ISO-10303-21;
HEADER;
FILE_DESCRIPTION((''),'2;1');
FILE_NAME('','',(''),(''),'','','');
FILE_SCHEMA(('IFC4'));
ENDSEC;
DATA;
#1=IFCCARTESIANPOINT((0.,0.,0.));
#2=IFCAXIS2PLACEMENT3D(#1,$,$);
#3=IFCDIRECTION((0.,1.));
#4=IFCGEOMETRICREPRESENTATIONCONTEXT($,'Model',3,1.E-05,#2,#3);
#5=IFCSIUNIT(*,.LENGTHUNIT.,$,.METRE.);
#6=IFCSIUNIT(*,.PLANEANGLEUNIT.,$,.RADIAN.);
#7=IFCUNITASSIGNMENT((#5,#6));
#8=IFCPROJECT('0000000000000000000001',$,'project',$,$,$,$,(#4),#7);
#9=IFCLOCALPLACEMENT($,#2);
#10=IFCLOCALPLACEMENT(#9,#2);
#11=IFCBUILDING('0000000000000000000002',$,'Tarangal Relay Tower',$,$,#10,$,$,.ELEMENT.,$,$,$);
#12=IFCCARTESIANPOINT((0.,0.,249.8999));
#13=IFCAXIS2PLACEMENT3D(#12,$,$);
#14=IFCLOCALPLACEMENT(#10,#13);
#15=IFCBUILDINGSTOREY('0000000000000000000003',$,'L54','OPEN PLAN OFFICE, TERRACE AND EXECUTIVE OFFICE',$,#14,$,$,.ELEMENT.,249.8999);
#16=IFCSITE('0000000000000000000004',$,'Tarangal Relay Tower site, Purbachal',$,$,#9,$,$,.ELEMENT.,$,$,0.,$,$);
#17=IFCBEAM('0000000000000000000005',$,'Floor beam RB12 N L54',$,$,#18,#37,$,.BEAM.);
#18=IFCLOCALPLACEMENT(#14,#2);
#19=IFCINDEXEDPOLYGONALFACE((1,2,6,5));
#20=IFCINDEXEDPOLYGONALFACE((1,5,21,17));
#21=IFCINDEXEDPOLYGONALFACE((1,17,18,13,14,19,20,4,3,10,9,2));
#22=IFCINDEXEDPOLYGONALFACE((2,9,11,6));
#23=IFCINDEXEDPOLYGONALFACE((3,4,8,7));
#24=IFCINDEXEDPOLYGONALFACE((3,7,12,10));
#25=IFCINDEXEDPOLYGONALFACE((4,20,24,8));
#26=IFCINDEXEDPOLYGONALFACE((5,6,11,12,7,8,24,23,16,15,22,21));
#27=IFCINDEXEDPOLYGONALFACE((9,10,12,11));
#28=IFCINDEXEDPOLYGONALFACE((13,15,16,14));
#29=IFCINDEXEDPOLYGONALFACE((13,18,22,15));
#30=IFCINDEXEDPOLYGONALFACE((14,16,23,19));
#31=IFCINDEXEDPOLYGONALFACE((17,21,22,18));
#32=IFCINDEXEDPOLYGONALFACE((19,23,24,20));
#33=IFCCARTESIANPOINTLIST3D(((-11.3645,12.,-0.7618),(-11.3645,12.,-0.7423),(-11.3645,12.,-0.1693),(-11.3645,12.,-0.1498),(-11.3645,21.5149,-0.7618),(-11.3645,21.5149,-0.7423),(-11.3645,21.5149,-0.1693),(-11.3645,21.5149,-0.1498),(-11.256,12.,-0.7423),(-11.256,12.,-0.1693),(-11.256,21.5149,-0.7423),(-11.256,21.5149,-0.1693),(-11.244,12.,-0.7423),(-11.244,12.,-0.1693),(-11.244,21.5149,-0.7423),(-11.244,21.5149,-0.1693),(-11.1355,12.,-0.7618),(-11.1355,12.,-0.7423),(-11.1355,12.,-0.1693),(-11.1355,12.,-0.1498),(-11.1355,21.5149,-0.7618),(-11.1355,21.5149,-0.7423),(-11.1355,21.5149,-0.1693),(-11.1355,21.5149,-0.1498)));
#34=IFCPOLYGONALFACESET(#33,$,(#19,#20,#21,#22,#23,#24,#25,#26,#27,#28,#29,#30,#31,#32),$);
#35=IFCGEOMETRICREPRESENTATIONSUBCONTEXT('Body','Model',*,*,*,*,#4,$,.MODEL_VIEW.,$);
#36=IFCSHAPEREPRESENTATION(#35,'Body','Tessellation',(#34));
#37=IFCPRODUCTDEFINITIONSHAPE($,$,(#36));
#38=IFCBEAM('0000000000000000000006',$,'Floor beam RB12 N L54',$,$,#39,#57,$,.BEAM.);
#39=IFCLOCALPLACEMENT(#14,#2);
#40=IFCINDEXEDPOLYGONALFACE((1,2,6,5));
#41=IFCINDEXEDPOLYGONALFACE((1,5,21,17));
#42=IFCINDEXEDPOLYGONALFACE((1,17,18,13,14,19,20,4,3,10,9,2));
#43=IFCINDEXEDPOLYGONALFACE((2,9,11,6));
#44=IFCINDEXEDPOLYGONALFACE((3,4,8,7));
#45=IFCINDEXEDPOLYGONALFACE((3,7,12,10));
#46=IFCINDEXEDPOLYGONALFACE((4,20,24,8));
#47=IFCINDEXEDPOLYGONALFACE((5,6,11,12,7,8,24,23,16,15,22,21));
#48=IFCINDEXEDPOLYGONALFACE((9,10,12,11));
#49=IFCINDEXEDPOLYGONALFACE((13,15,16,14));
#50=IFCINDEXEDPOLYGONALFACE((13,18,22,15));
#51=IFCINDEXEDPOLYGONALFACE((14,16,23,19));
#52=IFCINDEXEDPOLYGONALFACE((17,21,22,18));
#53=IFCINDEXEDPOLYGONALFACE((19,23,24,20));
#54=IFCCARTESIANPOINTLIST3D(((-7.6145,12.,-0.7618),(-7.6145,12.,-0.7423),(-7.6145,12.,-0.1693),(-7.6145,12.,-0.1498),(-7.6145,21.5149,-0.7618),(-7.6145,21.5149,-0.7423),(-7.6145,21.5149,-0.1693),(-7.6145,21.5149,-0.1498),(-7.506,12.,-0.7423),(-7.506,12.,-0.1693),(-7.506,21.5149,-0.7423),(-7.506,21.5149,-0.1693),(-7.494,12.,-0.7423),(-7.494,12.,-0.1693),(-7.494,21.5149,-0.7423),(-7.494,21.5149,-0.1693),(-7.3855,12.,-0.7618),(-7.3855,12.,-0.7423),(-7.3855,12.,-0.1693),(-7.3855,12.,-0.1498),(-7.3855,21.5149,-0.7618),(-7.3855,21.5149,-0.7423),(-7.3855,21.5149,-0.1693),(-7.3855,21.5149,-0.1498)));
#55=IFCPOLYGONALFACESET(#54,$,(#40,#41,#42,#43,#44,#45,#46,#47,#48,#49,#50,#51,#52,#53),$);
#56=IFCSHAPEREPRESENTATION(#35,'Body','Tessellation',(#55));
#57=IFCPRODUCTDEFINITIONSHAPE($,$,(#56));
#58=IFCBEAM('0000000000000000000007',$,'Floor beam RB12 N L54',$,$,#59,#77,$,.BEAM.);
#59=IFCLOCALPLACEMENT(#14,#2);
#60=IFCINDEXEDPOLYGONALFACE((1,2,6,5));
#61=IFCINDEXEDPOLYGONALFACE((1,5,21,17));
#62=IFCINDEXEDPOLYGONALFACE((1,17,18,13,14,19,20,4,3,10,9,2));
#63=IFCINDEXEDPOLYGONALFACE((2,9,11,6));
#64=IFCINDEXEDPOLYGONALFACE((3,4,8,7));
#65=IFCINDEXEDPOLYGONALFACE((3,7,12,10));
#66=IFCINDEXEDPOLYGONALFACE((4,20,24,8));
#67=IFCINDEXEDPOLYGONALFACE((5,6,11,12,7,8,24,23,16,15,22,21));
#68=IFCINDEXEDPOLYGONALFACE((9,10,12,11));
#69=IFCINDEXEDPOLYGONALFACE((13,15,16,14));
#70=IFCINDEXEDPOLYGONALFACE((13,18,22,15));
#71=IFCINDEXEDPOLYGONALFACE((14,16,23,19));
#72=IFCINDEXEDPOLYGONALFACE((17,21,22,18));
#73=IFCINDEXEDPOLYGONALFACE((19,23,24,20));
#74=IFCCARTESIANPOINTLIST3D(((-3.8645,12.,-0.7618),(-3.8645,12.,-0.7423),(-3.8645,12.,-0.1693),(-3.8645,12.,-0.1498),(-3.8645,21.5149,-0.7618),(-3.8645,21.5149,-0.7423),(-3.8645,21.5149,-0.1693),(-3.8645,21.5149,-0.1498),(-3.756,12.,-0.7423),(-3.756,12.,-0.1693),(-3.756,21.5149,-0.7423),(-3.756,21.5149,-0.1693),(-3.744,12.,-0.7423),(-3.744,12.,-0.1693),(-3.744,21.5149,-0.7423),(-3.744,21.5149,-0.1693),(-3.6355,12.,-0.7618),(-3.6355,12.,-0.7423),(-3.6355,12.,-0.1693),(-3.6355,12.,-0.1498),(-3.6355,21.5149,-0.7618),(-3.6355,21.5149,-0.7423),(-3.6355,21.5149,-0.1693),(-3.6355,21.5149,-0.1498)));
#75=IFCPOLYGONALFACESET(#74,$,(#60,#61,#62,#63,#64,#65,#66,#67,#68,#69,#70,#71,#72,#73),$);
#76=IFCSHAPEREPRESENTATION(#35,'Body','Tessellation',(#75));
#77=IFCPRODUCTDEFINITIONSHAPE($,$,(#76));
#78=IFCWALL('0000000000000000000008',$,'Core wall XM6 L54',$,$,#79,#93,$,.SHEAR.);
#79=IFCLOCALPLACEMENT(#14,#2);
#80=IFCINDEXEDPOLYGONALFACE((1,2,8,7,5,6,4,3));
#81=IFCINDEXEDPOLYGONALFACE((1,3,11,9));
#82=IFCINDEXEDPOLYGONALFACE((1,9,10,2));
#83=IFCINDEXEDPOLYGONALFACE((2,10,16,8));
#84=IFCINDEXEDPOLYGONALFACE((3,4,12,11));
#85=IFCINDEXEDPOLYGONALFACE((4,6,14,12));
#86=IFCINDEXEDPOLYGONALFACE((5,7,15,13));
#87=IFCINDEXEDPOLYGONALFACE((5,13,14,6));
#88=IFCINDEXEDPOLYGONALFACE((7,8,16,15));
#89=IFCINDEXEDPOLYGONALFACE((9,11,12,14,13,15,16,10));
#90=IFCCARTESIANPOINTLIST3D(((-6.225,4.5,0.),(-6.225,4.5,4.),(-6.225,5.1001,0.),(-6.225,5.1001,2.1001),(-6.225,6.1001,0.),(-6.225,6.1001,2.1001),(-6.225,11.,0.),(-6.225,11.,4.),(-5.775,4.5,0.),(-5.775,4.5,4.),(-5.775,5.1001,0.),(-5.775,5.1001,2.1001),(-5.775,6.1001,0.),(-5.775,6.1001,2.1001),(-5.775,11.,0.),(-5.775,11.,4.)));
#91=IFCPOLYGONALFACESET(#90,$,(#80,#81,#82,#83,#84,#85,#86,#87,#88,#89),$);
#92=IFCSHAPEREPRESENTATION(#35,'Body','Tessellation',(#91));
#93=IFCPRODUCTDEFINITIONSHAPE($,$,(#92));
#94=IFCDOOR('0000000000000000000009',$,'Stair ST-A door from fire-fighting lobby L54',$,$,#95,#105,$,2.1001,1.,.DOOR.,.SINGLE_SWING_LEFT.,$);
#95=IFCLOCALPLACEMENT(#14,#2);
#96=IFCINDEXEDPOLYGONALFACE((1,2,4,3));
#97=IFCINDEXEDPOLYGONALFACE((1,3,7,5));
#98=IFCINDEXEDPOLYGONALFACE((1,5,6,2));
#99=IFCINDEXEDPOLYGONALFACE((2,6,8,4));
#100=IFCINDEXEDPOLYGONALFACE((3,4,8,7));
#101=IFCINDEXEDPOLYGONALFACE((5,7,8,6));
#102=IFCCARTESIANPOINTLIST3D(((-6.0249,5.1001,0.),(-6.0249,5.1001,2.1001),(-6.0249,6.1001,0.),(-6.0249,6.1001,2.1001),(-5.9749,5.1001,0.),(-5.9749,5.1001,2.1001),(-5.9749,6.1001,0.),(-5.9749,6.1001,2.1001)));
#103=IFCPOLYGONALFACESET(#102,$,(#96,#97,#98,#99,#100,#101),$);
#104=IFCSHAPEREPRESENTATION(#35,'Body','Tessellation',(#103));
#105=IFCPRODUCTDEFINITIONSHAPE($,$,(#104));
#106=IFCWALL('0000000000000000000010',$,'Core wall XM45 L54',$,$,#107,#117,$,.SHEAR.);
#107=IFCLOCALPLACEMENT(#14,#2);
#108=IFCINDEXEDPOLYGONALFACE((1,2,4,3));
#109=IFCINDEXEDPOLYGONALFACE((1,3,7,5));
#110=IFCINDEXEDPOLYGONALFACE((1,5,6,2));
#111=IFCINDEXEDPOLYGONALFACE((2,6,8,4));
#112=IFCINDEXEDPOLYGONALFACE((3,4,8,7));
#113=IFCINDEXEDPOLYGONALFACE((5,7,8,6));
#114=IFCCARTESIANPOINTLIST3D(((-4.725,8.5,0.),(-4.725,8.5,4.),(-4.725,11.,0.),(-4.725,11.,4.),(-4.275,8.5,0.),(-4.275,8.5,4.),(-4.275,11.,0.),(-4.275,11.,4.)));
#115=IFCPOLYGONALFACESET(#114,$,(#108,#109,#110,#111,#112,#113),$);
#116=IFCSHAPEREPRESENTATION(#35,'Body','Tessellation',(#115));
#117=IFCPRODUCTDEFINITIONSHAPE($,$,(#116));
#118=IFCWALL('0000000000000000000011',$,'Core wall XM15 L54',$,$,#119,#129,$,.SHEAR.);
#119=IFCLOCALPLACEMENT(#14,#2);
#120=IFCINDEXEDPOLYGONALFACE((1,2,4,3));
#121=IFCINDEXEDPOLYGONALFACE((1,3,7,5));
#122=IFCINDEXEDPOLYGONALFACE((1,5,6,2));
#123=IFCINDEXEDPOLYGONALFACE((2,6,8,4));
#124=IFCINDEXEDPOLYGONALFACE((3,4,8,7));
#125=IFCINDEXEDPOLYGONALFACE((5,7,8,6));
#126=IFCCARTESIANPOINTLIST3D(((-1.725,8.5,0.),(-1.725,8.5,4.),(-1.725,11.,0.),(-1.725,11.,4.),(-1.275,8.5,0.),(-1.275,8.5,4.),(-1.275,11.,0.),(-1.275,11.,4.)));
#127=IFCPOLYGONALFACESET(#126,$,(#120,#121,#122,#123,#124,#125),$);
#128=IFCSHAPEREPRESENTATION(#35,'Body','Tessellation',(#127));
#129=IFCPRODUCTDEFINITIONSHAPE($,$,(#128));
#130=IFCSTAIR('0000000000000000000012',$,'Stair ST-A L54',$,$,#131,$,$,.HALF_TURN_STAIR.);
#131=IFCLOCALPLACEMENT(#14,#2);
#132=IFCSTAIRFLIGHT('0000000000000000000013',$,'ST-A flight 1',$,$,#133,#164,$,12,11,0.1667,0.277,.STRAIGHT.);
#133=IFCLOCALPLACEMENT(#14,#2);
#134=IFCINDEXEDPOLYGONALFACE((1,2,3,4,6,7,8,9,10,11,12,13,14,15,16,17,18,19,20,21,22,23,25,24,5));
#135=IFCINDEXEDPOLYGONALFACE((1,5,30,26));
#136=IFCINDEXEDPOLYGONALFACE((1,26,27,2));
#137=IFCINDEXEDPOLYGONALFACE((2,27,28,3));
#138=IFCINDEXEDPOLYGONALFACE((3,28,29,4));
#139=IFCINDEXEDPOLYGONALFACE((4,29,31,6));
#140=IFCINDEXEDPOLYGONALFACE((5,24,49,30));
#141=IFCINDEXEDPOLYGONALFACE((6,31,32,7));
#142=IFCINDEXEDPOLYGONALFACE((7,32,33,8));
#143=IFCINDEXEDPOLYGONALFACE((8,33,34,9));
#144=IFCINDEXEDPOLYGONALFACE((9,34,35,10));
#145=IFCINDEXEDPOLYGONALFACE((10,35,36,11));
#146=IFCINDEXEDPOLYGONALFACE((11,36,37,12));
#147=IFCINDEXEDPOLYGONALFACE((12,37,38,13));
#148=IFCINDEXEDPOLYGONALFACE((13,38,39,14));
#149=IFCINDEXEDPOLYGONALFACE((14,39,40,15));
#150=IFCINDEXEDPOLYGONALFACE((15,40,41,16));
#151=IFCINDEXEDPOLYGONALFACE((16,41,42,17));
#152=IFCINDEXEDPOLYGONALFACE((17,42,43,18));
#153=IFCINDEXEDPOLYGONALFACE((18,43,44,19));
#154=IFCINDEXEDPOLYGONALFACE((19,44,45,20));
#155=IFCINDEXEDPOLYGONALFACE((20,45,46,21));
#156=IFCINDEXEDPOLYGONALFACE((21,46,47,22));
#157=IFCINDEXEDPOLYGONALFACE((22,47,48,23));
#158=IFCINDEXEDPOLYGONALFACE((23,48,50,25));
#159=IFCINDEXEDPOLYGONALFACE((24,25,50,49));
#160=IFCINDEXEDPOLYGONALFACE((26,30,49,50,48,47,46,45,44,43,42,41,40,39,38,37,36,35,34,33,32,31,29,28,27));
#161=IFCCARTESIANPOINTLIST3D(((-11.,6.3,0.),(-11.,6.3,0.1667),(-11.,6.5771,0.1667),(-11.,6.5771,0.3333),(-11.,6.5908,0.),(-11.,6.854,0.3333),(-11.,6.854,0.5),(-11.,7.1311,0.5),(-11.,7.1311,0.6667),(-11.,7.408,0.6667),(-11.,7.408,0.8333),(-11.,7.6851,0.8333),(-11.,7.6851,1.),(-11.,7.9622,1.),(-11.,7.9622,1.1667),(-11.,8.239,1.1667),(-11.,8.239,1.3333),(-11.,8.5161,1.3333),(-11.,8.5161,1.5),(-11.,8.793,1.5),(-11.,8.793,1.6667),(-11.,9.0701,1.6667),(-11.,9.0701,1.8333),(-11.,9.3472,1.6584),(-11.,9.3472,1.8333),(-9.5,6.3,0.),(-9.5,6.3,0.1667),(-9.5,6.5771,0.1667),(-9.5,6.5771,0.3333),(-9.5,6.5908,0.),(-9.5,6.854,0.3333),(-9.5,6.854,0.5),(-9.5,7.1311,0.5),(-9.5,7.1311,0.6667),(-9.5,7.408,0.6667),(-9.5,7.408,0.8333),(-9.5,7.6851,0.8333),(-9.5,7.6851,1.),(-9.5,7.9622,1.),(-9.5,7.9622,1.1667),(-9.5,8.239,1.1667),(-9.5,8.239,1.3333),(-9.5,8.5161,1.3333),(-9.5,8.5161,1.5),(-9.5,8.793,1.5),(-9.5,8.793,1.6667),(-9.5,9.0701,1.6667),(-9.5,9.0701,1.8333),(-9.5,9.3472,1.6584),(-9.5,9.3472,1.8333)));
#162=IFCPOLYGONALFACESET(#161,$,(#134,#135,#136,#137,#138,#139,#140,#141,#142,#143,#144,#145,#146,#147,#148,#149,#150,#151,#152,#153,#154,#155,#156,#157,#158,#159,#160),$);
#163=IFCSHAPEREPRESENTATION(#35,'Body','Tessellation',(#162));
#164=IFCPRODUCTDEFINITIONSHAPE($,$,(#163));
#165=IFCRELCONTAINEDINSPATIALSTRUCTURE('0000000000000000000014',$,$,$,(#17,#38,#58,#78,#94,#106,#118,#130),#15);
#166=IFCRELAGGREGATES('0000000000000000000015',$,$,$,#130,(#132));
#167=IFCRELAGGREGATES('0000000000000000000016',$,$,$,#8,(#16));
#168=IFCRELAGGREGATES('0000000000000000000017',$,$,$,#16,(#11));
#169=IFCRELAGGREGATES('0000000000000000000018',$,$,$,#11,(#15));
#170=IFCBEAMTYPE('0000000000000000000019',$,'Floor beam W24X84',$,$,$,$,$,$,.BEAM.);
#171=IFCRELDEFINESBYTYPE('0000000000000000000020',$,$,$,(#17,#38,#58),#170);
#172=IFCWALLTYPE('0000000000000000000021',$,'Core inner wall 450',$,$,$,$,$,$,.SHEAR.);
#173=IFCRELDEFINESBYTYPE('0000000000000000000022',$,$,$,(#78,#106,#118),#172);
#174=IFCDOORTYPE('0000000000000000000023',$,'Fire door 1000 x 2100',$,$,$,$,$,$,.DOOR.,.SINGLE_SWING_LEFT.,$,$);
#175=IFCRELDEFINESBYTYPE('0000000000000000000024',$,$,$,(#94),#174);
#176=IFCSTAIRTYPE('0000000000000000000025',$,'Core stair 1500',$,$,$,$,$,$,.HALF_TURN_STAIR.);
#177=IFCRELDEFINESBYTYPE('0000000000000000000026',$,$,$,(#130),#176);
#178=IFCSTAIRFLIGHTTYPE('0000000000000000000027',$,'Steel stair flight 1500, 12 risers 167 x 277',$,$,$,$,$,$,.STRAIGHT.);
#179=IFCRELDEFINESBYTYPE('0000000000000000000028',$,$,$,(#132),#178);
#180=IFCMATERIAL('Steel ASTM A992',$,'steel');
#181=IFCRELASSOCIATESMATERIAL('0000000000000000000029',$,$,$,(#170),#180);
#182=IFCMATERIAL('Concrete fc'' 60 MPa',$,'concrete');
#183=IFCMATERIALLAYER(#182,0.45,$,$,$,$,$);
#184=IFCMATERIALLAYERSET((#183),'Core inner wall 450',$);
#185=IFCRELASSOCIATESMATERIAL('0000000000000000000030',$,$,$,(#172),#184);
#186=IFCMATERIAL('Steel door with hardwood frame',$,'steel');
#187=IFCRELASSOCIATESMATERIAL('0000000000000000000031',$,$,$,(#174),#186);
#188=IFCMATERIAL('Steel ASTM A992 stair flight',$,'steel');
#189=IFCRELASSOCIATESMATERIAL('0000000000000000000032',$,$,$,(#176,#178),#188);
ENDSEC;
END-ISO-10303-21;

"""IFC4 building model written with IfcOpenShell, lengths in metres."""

from ifc_helpers import new_model, si_unit, direction, frame, frame_2d, origin, origin_2d, place, context, subcontext, project, spatial, polyline, rectangle, i_section, outline, extrude, material, layer, layer_set, material_profile, profile_set, type_object, element, fill, aggregate, save


model = new_model("IFC4")

# Units and contexts
model_context = context("Model", 3, precision=1e-05, world=origin(), true_north=direction((0.0, 1.0)))
body_context = subcontext(model_context, "Body", "Model", "MODEL_VIEW")
ifc_project = project(units=[si_unit("LENGTHUNIT", "METRE"), si_unit("PLANEANGLEUNIT", "RADIAN")], contexts=[model_context])

# Site, building, storey
site_placement = place(None, origin())
site = spatial("IfcSite", under=ifc_project, at=site_placement, Name="Tarangal Relay Tower site, Purbachal", CompositionType="ELEMENT", RefElevation=0.0)
building_placement = place(site_placement, origin())
building = spatial("IfcBuilding", under=site, at=building_placement, Name="Tarangal Relay Tower", CompositionType="ELEMENT")
storey_placement = place(building_placement, frame((0.0, 0.0, 249.8999)))
storey = spatial("IfcBuildingStorey", under=building, at=storey_placement, Name="L54", Description="OPEN PLAN OFFICE, TERRACE AND EXECUTIVE OFFICE", CompositionType="ELEMENT", Elevation=249.8999)

# Beams
ifc_material_1 = material(Name="Steel ASTM A992", Category="steel")
ifc_material_profile = material_profile(ifc_material_1, i_section(OverallWidth=0.229, OverallDepth=0.6121, WebThickness=0.012, FlangeThickness=0.0195, at=origin_2d()), Name="W24X84")
ifc_profile_set = profile_set([ifc_material_profile], Name="Steel ASTM A992")
beam_type = type_object("IfcBeamType", Name="Floor beam W24X84", PredefinedType="BEAM", material=ifc_profile_set)
for number, where, z_axis, x_axis, name in (
    (1, (-11.25, 12.0, -0.4558), (0.0, 1.0, 0.0), (-1.0, 0.0, 0.0), "Floor beam RB12 N L54"),
    (2, (-7.5, 12.0, -0.4558), (0.0, 1.0, 0.0), (-1.0, 0.0, 0.0), "Floor beam RB12 N L54"),
    (3, (-3.75, 12.0, -0.4558), (0.0, 1.0, 0.0), (-1.0, 0.0, 0.0), "Floor beam RB12 N L54"),
):
    element("IfcBeam", number, at=place(storey_placement, frame(where, z_axis=z_axis, x_axis=x_axis)), inside=storey, type_object=beam_type, Name=name, PredefinedType="BEAM", context=body_context, shape_type="SweptSolid", body=[
        extrude(i_section(OverallWidth=0.229, OverallDepth=0.6121, WebThickness=0.012, FlangeThickness=0.0195, at=origin_2d()), origin(), (0.0, 0.0, 1.0), 9.5149),
    ])

# Shared definitions
ifc_material_2 = material(Name="Concrete fc' 60 MPa", Category="concrete")
ifc_layer = layer(ifc_material_2, 0.45)
ifc_layer_set = layer_set([ifc_layer], Name="Core inner wall 450")
wall_type = type_object("IfcWallType", Name="Core inner wall 450", PredefinedType="SHEAR", material=ifc_layer_set)
ifc_material_3 = material(Name="Steel door with hardwood frame", Category="steel")

# Wall, opening, door
wall_1_placement = place(storey_placement, frame((-6.0, 4.5, 0.0), z_axis=(0.0, 0.0, 1.0), x_axis=(0.0, 1.0, 0.0)))
wall_1 = element("IfcWall", 4, at=wall_1_placement, inside=storey, type_object=wall_type, Name="Core wall XM6 L54", PredefinedType="SHEAR", context=body_context, shape_type="SweptSolid", body=[
    extrude(rectangle(XDim=6.5, YDim=0.45, at=frame_2d((3.25, 0.0))), origin(), (0.0, 0.0, 1.0), 4.0),
])
opening_1_placement = place(wall_1_placement, frame((0.6001, 0.0, 0.0)))
opening_1 = element("IfcOpeningElement", 5, at=opening_1_placement, cuts=wall_1, PredefinedType="OPENING", context=body_context, shape_type="SweptSolid", body=[
    extrude(rectangle(XDim=1.0, YDim=2.1001, at=frame_2d((0.5, 1.05))), frame((0.0, 0.2349, 0.0), z_axis=(0.0, -1.0, 0.0), x_axis=(1.0, 0.0, 0.0)), (0.0, 0.0, 1.0), 0.47),
])
door_type_1 = type_object("IfcDoorType", Name="Fire door 1000 x 2100", OperationType="SINGLE_SWING_LEFT", PredefinedType="DOOR", material=ifc_material_3)
door_1_placement = place(opening_1_placement, origin())
door_1 = element("IfcDoor", 6, at=door_1_placement, inside=storey, type_object=door_type_1, Name="Stair ST-A door from fire-fighting lobby L54", OperationType="SINGLE_SWING_LEFT", OverallHeight=2.1001, OverallWidth=1.0, PredefinedType="DOOR", context=body_context, shape_type="SweptSolid", body=[
    extrude(rectangle(XDim=1.0, YDim=2.1001, at=frame_2d((0.5, 1.05))), frame((0.0, 0.0249, 0.0), z_axis=(0.0, -1.0, 0.0), x_axis=(1.0, 0.0, 0.0)), (0.0, 0.0, 1.0), 0.05),
])
fill(opening_1, door_1)

# Walls
for number, where, z_axis, x_axis, name in (
    (7, (-4.5, 8.5, 0.0), (0.0, 0.0, 1.0), (0.0, 1.0, 0.0), "Core wall XM45 L54"),
    (8, (-1.5, 8.5, 0.0), (0.0, 0.0, 1.0), (0.0, 1.0, 0.0), "Core wall XM15 L54"),
):
    element("IfcWall", number, at=place(storey_placement, frame(where, z_axis=z_axis, x_axis=x_axis)), inside=storey, type_object=wall_type, Name=name, PredefinedType="SHEAR", context=body_context, shape_type="SweptSolid", body=[
        extrude(rectangle(XDim=2.5, YDim=0.45, at=frame_2d((1.25, 0.0))), origin(), (0.0, 0.0, 1.0), 4.0),
    ])

# Stair, stair flight
ifc_material_4 = material(Name="Steel ASTM A992 stair flight", Category="steel")
stair_type = type_object("IfcStairType", Name="Core stair 1500", PredefinedType="HALF_TURN_STAIR", material=ifc_material_4)
stair_placement = place(storey_placement, origin())
stair = element("IfcStair", 9, at=stair_placement, inside=storey, type_object=stair_type, Name="Stair ST-A L54", PredefinedType="HALF_TURN_STAIR")
stair_flight_type = type_object("IfcStairFlightType", Name="Steel stair flight 1500, 12 risers 167 x 277", PredefinedType="STRAIGHT", material=ifc_material_4)
stair_flight_1_placement = place(storey_placement, frame((-10.25, 6.3, 0.0), z_axis=(0.0, 0.0, 1.0), x_axis=(0.0, 1.0, 0.0)))
stair_flight_1 = element("IfcStairFlight", 10, at=stair_flight_1_placement, type_object=stair_flight_type, Name="ST-A flight 1", NumberOfRisers=12, NumberOfTreads=11, PredefinedType="STRAIGHT", RiserHeight=0.1667, TreadLength=0.277, context=body_context, shape_type="SweptSolid", body=[
    extrude(outline(polyline([(0.0, 0.0), (0.0, 0.1667), (0.2771, 0.1667), (0.2771, 0.3333), (0.554, 0.3333), (0.554, 0.5), (0.8311, 0.5), (0.8311, 0.6667), (1.1079, 0.6667), (1.1079, 0.8333), (1.385, 0.8333), (1.385, 1.0), (1.6621, 1.0), (1.6621, 1.1667), (1.939, 1.1667), (1.939, 1.3333), (2.2161, 1.3333), (2.2161, 1.5), (2.4929, 1.5), (2.4929, 1.6667), (2.77, 1.6667), (2.77, 1.8333), (3.0471, 1.8333), (3.0471, 2.0), (3.0471, 1.6584), (0.2908, 0.0), (0.0, 0.0)])), frame((0.0, 0.75, 0.0), z_axis=(0.0, -1.0, 0.0), x_axis=(1.0, 0.0, 0.0)), (0.0, 0.0, 1.0), 1.5),
])
aggregate(stair, [stair_flight_1])

save(model, "model.ifc")
